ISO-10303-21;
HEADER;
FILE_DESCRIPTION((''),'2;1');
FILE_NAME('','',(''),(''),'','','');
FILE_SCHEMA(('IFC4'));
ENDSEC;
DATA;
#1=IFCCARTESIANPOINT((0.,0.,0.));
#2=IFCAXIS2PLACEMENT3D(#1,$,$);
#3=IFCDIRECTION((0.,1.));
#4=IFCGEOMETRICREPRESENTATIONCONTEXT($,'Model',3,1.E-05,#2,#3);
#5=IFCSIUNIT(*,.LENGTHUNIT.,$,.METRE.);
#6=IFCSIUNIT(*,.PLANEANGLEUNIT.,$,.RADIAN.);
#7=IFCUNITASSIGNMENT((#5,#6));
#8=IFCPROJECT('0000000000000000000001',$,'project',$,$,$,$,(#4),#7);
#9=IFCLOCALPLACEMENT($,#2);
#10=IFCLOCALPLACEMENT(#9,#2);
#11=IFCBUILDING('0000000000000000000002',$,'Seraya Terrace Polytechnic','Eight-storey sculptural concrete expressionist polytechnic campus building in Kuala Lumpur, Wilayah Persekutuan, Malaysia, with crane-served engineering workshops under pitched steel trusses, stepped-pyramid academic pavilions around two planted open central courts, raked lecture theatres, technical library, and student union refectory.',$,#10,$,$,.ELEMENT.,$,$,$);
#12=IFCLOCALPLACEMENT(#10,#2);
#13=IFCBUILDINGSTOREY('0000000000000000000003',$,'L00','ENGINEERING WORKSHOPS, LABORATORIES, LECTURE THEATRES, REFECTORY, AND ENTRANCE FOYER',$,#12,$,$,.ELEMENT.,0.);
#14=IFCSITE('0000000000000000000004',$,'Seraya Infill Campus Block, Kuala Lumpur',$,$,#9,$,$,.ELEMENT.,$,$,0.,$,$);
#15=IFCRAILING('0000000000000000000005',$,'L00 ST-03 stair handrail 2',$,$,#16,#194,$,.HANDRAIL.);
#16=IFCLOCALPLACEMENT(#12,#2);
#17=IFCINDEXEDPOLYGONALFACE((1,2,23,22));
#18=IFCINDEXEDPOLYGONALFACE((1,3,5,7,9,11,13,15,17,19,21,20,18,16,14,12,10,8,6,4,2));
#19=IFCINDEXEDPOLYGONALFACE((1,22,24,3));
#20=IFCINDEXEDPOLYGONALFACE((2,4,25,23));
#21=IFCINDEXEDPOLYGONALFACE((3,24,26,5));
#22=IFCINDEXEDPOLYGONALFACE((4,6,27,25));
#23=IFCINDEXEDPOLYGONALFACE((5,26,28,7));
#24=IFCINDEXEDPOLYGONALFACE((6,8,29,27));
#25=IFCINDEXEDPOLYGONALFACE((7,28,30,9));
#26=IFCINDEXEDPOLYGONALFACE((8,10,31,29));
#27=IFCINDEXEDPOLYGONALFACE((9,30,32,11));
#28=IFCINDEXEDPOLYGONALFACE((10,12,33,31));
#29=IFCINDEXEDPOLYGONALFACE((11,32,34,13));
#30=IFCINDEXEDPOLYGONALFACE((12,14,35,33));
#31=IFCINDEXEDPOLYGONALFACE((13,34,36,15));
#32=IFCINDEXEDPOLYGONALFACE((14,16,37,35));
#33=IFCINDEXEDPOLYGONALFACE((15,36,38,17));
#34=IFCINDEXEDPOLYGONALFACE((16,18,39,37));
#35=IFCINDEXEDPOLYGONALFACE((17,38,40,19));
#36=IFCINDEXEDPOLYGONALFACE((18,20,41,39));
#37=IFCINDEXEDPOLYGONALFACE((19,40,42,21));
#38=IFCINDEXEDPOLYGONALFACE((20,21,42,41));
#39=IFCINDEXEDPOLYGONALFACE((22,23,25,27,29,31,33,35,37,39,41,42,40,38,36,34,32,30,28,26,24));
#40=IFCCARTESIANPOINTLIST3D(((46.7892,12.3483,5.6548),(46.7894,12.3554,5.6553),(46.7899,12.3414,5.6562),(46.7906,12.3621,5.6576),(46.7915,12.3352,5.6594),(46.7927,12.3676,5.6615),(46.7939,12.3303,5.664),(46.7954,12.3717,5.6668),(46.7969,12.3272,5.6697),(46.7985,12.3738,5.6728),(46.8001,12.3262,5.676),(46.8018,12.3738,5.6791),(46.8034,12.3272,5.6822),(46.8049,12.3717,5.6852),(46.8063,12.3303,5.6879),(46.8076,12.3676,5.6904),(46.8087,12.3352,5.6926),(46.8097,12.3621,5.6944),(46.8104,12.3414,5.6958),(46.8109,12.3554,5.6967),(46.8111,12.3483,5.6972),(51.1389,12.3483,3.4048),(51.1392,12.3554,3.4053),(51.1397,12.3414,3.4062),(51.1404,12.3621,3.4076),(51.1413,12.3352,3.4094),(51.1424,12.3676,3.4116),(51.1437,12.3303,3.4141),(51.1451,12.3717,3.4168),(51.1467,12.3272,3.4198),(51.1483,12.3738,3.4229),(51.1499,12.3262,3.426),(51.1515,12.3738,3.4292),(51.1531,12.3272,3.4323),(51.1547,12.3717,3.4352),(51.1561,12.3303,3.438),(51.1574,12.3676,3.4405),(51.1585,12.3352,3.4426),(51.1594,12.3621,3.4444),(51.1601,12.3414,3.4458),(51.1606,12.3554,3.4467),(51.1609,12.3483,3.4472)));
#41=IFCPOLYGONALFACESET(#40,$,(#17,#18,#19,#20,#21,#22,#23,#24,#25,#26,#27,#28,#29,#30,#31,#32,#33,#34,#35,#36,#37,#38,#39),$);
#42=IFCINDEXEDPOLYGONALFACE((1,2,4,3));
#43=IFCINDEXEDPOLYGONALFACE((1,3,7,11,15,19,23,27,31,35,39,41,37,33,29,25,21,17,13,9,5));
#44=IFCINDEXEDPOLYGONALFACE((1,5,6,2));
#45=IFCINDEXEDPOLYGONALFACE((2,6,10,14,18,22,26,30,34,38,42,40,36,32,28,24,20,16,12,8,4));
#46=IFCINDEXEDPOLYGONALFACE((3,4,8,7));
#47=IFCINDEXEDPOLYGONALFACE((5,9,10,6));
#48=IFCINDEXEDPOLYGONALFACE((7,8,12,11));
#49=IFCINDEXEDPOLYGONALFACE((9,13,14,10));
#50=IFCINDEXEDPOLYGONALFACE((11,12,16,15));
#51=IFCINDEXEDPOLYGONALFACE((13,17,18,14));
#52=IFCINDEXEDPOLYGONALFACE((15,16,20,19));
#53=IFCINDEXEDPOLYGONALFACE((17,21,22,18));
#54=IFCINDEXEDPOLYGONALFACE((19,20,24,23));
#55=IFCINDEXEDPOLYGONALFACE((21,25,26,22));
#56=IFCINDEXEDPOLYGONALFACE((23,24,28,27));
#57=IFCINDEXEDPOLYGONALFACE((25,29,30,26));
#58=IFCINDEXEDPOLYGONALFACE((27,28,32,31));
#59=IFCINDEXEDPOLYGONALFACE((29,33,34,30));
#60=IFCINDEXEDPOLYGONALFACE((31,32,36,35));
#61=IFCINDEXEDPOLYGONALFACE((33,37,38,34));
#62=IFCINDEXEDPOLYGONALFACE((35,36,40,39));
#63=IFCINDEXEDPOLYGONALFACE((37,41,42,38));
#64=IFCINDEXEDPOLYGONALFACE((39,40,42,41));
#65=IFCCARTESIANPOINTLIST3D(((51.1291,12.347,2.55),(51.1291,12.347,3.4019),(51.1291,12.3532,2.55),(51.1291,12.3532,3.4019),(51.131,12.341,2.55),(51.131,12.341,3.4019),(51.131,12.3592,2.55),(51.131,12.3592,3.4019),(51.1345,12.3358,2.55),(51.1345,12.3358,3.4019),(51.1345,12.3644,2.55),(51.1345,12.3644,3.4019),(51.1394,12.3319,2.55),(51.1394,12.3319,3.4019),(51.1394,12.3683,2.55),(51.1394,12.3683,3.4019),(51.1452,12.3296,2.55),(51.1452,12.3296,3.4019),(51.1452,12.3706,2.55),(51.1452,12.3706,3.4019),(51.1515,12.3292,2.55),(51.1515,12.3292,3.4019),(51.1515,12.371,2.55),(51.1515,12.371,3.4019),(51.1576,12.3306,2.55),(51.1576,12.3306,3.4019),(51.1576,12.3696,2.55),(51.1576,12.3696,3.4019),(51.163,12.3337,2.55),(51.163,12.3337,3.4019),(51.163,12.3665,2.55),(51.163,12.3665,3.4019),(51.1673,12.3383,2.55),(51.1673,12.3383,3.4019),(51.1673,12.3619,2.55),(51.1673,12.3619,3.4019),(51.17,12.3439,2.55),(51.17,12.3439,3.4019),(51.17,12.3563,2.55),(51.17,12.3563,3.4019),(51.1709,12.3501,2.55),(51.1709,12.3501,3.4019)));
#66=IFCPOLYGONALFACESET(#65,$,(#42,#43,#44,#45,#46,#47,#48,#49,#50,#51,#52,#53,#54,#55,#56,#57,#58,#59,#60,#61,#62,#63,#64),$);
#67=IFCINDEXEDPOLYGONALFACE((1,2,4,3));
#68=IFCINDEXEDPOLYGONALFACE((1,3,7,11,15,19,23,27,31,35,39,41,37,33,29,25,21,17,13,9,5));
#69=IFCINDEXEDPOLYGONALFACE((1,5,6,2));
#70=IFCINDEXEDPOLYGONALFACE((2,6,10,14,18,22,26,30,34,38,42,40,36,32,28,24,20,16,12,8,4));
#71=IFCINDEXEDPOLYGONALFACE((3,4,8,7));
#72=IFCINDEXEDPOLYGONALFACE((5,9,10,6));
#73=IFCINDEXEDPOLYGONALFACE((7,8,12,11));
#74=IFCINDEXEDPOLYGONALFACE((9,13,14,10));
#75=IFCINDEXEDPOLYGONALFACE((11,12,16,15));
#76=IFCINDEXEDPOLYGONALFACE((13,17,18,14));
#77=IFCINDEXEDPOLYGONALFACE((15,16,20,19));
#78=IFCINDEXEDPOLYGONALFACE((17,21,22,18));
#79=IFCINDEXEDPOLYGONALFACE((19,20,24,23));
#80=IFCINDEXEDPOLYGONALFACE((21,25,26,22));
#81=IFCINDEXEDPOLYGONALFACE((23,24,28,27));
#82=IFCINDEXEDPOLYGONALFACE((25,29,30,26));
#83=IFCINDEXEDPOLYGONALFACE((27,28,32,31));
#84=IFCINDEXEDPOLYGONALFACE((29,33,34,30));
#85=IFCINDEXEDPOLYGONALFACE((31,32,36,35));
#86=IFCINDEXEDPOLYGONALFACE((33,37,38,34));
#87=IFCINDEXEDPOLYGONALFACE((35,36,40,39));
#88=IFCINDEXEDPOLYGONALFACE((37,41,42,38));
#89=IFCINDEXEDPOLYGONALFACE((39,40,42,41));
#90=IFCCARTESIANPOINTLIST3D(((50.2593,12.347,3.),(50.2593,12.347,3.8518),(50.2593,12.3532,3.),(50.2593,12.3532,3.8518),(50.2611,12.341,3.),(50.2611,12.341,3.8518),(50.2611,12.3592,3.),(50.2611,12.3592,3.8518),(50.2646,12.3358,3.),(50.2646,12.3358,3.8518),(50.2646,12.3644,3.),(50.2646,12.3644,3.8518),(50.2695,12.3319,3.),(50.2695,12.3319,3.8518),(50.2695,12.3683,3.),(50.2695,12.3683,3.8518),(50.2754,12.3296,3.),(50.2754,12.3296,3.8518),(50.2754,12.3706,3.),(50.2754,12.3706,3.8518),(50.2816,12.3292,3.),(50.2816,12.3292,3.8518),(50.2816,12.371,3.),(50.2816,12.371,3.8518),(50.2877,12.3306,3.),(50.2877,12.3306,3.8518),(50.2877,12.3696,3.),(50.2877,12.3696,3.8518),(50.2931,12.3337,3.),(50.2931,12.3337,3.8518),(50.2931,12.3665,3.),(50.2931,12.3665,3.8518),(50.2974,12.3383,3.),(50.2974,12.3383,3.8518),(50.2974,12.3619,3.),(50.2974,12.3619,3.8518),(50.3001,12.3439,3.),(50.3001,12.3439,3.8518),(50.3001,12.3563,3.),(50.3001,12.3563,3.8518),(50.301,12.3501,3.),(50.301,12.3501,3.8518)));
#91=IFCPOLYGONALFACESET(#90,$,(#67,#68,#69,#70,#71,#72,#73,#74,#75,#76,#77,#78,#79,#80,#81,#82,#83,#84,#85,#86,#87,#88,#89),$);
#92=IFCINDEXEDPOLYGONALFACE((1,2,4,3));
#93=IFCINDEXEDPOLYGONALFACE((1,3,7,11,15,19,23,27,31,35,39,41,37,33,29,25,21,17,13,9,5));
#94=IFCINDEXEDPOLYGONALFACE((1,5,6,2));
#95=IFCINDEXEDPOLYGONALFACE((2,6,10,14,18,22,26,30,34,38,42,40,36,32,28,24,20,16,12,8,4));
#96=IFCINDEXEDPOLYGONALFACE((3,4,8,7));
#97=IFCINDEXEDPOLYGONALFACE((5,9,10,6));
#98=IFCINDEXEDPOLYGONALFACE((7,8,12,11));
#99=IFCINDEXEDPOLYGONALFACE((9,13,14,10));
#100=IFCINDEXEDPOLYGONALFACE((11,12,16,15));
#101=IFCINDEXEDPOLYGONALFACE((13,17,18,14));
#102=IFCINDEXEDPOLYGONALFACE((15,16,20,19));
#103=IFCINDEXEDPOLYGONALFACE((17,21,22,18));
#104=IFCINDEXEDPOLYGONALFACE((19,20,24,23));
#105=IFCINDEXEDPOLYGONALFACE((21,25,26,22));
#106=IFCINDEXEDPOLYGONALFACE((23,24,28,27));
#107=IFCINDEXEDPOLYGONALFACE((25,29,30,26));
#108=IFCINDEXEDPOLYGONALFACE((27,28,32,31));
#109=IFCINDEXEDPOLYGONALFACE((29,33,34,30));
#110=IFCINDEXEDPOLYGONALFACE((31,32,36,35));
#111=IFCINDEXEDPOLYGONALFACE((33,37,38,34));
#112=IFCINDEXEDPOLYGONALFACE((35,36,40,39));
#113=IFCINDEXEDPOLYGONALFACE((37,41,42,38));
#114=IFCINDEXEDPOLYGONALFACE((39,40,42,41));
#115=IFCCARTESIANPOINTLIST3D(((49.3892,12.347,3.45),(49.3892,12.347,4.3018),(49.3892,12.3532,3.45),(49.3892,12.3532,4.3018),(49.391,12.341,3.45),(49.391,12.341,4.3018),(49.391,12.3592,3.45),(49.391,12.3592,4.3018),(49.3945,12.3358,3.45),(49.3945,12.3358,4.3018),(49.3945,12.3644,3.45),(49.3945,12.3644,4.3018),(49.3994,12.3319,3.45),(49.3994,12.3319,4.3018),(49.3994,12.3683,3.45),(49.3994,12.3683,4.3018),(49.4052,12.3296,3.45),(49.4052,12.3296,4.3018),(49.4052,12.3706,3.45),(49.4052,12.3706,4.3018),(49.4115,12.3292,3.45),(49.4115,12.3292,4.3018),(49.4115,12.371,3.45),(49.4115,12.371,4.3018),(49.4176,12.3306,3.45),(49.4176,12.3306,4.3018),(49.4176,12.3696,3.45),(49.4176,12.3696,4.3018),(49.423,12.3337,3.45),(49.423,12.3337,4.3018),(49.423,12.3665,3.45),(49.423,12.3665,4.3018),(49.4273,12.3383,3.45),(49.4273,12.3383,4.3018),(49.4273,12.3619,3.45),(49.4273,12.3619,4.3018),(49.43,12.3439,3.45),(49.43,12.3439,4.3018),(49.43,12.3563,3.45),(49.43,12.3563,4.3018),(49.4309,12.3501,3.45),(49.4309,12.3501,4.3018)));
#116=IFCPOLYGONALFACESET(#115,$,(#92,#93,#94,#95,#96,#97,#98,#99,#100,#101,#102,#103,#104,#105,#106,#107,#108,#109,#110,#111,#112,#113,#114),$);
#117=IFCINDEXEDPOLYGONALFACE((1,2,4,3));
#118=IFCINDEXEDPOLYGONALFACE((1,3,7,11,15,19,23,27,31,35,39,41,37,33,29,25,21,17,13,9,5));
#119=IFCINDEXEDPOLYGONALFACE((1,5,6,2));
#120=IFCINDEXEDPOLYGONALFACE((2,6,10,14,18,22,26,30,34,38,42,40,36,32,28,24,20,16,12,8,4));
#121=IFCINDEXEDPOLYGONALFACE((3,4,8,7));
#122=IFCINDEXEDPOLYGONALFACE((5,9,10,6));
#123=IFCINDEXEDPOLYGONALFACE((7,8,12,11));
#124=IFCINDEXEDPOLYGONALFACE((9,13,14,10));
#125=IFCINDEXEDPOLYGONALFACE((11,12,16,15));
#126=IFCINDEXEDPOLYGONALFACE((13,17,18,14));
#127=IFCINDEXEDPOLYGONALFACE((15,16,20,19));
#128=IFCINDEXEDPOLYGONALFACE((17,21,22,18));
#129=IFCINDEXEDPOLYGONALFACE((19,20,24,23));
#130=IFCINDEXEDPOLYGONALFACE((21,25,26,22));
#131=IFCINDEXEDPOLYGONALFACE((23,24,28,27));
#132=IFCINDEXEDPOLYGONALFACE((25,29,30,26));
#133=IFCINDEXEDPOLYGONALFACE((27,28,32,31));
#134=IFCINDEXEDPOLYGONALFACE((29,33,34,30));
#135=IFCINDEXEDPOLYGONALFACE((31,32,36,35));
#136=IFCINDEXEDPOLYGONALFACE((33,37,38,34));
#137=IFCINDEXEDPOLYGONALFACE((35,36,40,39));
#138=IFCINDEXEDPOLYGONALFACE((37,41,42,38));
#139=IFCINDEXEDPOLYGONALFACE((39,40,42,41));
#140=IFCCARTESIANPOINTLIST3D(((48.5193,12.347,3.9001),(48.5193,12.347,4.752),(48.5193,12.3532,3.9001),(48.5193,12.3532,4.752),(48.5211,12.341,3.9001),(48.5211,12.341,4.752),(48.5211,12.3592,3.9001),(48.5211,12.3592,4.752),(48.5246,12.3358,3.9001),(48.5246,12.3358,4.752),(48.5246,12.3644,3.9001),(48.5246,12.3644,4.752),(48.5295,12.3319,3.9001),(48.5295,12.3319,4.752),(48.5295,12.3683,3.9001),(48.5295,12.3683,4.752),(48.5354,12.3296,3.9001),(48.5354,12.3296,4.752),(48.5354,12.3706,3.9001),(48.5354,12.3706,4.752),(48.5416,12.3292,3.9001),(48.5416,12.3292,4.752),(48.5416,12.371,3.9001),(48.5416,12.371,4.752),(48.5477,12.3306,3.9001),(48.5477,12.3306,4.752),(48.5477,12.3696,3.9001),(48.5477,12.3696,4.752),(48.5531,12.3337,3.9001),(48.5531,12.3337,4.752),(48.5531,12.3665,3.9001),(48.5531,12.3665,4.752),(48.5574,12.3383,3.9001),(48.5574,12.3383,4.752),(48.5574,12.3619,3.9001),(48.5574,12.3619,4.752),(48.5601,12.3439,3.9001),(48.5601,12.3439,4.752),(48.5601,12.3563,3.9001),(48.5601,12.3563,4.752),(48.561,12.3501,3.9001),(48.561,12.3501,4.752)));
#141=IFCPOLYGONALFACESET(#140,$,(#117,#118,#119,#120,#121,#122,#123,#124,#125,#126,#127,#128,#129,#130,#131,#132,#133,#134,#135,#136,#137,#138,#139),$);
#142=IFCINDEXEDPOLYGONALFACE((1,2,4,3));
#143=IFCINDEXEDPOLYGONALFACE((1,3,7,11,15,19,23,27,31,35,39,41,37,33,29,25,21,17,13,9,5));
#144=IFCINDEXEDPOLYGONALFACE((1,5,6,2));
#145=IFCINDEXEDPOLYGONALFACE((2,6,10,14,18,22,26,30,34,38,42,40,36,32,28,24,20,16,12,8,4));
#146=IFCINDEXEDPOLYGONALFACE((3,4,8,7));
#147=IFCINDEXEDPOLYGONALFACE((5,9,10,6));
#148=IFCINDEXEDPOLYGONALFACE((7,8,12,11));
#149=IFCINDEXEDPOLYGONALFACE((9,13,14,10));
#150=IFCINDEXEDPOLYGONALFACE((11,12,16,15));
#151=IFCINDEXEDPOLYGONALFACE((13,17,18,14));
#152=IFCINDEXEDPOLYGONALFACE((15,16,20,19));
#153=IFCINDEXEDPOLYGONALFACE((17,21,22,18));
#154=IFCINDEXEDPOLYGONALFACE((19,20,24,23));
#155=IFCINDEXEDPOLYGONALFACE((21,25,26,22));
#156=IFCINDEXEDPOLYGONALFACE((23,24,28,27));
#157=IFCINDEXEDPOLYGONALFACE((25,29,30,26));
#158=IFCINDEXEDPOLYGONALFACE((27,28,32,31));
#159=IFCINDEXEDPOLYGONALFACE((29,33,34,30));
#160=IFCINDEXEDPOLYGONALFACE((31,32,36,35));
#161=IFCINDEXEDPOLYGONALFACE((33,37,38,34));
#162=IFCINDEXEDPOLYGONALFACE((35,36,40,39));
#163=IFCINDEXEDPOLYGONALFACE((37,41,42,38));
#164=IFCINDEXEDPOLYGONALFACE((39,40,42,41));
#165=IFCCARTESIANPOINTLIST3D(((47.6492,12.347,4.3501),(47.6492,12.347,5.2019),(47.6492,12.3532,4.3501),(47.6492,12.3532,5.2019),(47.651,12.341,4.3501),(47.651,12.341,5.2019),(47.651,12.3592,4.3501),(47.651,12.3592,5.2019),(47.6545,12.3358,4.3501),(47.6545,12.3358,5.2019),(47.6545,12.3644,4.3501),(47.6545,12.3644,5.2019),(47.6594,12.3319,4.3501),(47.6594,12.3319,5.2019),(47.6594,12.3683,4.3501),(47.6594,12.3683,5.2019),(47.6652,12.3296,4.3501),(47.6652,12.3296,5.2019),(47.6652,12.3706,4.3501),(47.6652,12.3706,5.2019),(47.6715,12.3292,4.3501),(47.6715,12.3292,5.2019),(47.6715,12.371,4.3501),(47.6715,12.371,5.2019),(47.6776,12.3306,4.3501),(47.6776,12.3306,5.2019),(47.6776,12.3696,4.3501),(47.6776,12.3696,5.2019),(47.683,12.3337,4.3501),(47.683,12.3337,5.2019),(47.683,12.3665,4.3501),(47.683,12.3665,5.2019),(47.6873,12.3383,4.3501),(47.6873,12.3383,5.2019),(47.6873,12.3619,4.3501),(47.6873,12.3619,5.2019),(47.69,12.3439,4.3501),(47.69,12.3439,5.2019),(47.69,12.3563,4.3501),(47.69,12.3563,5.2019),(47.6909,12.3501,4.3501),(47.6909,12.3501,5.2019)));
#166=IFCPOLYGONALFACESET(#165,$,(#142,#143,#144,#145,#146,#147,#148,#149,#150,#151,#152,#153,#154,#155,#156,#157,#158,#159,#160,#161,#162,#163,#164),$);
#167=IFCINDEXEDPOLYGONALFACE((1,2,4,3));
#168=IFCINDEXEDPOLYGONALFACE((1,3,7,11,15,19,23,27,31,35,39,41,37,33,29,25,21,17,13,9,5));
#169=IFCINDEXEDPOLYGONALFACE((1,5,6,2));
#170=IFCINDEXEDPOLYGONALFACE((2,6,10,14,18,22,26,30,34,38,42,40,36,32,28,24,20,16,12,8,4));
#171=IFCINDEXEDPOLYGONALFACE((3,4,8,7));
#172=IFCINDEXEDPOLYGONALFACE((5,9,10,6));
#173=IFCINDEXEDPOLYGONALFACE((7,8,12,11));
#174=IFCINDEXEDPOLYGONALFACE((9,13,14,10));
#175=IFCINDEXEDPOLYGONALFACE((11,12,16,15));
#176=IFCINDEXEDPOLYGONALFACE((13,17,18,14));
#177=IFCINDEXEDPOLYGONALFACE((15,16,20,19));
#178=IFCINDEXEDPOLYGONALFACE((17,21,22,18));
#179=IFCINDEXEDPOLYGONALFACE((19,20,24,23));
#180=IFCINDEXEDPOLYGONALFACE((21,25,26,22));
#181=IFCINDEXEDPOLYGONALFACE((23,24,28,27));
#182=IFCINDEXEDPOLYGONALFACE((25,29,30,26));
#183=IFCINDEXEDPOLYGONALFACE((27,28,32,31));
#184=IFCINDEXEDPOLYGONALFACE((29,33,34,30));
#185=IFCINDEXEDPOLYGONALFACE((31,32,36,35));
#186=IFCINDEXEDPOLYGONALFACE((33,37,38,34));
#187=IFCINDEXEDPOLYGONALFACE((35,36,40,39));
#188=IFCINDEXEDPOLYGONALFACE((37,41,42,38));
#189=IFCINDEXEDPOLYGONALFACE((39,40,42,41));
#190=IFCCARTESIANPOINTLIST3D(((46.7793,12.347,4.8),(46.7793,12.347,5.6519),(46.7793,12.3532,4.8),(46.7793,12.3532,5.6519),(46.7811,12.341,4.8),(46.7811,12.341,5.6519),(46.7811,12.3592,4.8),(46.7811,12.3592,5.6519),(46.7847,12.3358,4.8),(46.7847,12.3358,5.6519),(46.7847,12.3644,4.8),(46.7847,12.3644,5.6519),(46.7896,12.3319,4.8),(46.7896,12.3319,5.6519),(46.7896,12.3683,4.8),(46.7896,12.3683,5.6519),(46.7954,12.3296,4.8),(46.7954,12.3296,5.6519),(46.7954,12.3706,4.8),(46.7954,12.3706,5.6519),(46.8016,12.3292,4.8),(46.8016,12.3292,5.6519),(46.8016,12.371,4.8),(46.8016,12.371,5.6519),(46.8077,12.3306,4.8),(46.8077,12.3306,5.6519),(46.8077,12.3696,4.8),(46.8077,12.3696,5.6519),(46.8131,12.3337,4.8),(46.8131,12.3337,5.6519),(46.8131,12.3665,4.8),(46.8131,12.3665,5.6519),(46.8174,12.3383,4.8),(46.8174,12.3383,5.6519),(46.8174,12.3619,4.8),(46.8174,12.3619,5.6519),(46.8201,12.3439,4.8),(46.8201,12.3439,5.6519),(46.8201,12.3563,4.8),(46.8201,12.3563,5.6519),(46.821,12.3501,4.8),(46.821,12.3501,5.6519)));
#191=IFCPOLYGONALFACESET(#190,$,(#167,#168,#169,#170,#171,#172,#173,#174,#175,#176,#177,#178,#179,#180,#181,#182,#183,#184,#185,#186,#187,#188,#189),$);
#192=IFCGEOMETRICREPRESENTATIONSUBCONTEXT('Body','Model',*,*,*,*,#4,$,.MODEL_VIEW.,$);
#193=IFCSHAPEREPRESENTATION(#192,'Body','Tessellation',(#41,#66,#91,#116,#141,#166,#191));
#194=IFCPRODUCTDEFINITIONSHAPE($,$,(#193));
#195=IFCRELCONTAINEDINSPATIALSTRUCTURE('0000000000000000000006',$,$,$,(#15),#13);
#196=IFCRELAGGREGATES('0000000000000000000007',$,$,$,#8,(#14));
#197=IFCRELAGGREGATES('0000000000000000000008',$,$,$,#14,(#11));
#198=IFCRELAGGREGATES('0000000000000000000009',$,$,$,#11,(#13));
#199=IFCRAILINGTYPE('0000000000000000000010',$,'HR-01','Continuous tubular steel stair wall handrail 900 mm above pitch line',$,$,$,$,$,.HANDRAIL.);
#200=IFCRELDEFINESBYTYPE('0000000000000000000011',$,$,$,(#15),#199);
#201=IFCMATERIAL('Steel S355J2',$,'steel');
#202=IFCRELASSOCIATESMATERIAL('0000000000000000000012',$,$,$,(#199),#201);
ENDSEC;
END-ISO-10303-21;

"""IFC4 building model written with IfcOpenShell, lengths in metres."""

from ifc_helpers import new_model, si_unit, direction, frame, origin, origin_2d, place, context, subcontext, project, spatial, circle, extrude, material, type_object, element, save


model = new_model("IFC4")

# Units and contexts
model_context = context("Model", 3, precision=1e-05, world=origin(), true_north=direction((0.0, 1.0)))
body_context = subcontext(model_context, "Body", "Model", "MODEL_VIEW")
ifc_project = project(units=[si_unit("LENGTHUNIT", "METRE"), si_unit("PLANEANGLEUNIT", "RADIAN")], contexts=[model_context])

# Site, building, storey
site_placement = place(None, origin())
site = spatial("IfcSite", under=ifc_project, at=site_placement, Name="Seraya Infill Campus Block, Kuala Lumpur", CompositionType="ELEMENT", RefElevation=0.0)
building_placement = place(site_placement, origin())
building = spatial("IfcBuilding", under=site, at=building_placement, Name="Seraya Terrace Polytechnic", Description="Eight-storey sculptural concrete expressionist polytechnic campus building in Kuala Lumpur, Wilayah Persekutuan, Malaysia, with crane-served engineering workshops under pitched steel trusses, stepped-pyramid academic pavilions around two planted open central courts, raked lecture theatres, technical library, and student union refectory.", CompositionType="ELEMENT")
storey_placement = place(building_placement, origin())
storey = spatial("IfcBuildingStorey", under=building, at=storey_placement, Name="L00", Description="ENGINEERING WORKSHOPS, LABORATORIES, LECTURE THEATRES, REFECTORY, AND ENTRANCE FOYER", CompositionType="ELEMENT", Elevation=0.0)

# Railing
ifc_material_1 = material(Name="Steel S355J2", Category="steel")
railing_type_1 = type_object("IfcRailingType", Name="HR-01", Description="Continuous tubular steel stair wall handrail 900 mm above pitch line", PredefinedType="HANDRAIL", material=ifc_material_1)
railing_1_placement = place(storey_placement, frame((51.1499, 12.3501, 2.55)))
element("IfcRailing", 1, at=railing_1_placement, inside=storey, type_object=railing_type_1, Name="L00 ST-03 stair handrail 2", PredefinedType="HANDRAIL", context=body_context, shape_type="SweptSolid", body=[
    extrude(circle(Radius=0.0239, at=origin_2d()), frame((0.0, 0.0, 0.876), z_axis=(-0.888211, 0.0, 0.459435), x_axis=(0.0, -1.0, 0.0)), (0.0, 0.0, 1.0), 4.8972),
    extrude(circle(Radius=0.021, at=origin_2d()), origin(), (0.0, 0.0, 1.0), 0.8518),
    extrude(circle(Radius=0.021, at=origin_2d()), frame((-0.8699, 0.0, 0.45)), (0.0, 0.0, 1.0), 0.8518),
    extrude(circle(Radius=0.021, at=origin_2d()), frame((-1.74, 0.0, 0.8999)), (0.0, 0.0, 1.0), 0.8518),
    extrude(circle(Radius=0.021, at=origin_2d()), frame((-2.6099, 0.0, 1.3501)), (0.0, 0.0, 1.0), 0.8518),
    extrude(circle(Radius=0.021, at=origin_2d()), frame((-3.48, 0.0, 1.8)), (0.0, 0.0, 1.0), 0.8518),
    extrude(circle(Radius=0.021, at=origin_2d()), frame((-4.3499, 0.0, 2.25)), (0.0, 0.0, 1.0), 0.8518),
])

save(model, "model.ifc")
